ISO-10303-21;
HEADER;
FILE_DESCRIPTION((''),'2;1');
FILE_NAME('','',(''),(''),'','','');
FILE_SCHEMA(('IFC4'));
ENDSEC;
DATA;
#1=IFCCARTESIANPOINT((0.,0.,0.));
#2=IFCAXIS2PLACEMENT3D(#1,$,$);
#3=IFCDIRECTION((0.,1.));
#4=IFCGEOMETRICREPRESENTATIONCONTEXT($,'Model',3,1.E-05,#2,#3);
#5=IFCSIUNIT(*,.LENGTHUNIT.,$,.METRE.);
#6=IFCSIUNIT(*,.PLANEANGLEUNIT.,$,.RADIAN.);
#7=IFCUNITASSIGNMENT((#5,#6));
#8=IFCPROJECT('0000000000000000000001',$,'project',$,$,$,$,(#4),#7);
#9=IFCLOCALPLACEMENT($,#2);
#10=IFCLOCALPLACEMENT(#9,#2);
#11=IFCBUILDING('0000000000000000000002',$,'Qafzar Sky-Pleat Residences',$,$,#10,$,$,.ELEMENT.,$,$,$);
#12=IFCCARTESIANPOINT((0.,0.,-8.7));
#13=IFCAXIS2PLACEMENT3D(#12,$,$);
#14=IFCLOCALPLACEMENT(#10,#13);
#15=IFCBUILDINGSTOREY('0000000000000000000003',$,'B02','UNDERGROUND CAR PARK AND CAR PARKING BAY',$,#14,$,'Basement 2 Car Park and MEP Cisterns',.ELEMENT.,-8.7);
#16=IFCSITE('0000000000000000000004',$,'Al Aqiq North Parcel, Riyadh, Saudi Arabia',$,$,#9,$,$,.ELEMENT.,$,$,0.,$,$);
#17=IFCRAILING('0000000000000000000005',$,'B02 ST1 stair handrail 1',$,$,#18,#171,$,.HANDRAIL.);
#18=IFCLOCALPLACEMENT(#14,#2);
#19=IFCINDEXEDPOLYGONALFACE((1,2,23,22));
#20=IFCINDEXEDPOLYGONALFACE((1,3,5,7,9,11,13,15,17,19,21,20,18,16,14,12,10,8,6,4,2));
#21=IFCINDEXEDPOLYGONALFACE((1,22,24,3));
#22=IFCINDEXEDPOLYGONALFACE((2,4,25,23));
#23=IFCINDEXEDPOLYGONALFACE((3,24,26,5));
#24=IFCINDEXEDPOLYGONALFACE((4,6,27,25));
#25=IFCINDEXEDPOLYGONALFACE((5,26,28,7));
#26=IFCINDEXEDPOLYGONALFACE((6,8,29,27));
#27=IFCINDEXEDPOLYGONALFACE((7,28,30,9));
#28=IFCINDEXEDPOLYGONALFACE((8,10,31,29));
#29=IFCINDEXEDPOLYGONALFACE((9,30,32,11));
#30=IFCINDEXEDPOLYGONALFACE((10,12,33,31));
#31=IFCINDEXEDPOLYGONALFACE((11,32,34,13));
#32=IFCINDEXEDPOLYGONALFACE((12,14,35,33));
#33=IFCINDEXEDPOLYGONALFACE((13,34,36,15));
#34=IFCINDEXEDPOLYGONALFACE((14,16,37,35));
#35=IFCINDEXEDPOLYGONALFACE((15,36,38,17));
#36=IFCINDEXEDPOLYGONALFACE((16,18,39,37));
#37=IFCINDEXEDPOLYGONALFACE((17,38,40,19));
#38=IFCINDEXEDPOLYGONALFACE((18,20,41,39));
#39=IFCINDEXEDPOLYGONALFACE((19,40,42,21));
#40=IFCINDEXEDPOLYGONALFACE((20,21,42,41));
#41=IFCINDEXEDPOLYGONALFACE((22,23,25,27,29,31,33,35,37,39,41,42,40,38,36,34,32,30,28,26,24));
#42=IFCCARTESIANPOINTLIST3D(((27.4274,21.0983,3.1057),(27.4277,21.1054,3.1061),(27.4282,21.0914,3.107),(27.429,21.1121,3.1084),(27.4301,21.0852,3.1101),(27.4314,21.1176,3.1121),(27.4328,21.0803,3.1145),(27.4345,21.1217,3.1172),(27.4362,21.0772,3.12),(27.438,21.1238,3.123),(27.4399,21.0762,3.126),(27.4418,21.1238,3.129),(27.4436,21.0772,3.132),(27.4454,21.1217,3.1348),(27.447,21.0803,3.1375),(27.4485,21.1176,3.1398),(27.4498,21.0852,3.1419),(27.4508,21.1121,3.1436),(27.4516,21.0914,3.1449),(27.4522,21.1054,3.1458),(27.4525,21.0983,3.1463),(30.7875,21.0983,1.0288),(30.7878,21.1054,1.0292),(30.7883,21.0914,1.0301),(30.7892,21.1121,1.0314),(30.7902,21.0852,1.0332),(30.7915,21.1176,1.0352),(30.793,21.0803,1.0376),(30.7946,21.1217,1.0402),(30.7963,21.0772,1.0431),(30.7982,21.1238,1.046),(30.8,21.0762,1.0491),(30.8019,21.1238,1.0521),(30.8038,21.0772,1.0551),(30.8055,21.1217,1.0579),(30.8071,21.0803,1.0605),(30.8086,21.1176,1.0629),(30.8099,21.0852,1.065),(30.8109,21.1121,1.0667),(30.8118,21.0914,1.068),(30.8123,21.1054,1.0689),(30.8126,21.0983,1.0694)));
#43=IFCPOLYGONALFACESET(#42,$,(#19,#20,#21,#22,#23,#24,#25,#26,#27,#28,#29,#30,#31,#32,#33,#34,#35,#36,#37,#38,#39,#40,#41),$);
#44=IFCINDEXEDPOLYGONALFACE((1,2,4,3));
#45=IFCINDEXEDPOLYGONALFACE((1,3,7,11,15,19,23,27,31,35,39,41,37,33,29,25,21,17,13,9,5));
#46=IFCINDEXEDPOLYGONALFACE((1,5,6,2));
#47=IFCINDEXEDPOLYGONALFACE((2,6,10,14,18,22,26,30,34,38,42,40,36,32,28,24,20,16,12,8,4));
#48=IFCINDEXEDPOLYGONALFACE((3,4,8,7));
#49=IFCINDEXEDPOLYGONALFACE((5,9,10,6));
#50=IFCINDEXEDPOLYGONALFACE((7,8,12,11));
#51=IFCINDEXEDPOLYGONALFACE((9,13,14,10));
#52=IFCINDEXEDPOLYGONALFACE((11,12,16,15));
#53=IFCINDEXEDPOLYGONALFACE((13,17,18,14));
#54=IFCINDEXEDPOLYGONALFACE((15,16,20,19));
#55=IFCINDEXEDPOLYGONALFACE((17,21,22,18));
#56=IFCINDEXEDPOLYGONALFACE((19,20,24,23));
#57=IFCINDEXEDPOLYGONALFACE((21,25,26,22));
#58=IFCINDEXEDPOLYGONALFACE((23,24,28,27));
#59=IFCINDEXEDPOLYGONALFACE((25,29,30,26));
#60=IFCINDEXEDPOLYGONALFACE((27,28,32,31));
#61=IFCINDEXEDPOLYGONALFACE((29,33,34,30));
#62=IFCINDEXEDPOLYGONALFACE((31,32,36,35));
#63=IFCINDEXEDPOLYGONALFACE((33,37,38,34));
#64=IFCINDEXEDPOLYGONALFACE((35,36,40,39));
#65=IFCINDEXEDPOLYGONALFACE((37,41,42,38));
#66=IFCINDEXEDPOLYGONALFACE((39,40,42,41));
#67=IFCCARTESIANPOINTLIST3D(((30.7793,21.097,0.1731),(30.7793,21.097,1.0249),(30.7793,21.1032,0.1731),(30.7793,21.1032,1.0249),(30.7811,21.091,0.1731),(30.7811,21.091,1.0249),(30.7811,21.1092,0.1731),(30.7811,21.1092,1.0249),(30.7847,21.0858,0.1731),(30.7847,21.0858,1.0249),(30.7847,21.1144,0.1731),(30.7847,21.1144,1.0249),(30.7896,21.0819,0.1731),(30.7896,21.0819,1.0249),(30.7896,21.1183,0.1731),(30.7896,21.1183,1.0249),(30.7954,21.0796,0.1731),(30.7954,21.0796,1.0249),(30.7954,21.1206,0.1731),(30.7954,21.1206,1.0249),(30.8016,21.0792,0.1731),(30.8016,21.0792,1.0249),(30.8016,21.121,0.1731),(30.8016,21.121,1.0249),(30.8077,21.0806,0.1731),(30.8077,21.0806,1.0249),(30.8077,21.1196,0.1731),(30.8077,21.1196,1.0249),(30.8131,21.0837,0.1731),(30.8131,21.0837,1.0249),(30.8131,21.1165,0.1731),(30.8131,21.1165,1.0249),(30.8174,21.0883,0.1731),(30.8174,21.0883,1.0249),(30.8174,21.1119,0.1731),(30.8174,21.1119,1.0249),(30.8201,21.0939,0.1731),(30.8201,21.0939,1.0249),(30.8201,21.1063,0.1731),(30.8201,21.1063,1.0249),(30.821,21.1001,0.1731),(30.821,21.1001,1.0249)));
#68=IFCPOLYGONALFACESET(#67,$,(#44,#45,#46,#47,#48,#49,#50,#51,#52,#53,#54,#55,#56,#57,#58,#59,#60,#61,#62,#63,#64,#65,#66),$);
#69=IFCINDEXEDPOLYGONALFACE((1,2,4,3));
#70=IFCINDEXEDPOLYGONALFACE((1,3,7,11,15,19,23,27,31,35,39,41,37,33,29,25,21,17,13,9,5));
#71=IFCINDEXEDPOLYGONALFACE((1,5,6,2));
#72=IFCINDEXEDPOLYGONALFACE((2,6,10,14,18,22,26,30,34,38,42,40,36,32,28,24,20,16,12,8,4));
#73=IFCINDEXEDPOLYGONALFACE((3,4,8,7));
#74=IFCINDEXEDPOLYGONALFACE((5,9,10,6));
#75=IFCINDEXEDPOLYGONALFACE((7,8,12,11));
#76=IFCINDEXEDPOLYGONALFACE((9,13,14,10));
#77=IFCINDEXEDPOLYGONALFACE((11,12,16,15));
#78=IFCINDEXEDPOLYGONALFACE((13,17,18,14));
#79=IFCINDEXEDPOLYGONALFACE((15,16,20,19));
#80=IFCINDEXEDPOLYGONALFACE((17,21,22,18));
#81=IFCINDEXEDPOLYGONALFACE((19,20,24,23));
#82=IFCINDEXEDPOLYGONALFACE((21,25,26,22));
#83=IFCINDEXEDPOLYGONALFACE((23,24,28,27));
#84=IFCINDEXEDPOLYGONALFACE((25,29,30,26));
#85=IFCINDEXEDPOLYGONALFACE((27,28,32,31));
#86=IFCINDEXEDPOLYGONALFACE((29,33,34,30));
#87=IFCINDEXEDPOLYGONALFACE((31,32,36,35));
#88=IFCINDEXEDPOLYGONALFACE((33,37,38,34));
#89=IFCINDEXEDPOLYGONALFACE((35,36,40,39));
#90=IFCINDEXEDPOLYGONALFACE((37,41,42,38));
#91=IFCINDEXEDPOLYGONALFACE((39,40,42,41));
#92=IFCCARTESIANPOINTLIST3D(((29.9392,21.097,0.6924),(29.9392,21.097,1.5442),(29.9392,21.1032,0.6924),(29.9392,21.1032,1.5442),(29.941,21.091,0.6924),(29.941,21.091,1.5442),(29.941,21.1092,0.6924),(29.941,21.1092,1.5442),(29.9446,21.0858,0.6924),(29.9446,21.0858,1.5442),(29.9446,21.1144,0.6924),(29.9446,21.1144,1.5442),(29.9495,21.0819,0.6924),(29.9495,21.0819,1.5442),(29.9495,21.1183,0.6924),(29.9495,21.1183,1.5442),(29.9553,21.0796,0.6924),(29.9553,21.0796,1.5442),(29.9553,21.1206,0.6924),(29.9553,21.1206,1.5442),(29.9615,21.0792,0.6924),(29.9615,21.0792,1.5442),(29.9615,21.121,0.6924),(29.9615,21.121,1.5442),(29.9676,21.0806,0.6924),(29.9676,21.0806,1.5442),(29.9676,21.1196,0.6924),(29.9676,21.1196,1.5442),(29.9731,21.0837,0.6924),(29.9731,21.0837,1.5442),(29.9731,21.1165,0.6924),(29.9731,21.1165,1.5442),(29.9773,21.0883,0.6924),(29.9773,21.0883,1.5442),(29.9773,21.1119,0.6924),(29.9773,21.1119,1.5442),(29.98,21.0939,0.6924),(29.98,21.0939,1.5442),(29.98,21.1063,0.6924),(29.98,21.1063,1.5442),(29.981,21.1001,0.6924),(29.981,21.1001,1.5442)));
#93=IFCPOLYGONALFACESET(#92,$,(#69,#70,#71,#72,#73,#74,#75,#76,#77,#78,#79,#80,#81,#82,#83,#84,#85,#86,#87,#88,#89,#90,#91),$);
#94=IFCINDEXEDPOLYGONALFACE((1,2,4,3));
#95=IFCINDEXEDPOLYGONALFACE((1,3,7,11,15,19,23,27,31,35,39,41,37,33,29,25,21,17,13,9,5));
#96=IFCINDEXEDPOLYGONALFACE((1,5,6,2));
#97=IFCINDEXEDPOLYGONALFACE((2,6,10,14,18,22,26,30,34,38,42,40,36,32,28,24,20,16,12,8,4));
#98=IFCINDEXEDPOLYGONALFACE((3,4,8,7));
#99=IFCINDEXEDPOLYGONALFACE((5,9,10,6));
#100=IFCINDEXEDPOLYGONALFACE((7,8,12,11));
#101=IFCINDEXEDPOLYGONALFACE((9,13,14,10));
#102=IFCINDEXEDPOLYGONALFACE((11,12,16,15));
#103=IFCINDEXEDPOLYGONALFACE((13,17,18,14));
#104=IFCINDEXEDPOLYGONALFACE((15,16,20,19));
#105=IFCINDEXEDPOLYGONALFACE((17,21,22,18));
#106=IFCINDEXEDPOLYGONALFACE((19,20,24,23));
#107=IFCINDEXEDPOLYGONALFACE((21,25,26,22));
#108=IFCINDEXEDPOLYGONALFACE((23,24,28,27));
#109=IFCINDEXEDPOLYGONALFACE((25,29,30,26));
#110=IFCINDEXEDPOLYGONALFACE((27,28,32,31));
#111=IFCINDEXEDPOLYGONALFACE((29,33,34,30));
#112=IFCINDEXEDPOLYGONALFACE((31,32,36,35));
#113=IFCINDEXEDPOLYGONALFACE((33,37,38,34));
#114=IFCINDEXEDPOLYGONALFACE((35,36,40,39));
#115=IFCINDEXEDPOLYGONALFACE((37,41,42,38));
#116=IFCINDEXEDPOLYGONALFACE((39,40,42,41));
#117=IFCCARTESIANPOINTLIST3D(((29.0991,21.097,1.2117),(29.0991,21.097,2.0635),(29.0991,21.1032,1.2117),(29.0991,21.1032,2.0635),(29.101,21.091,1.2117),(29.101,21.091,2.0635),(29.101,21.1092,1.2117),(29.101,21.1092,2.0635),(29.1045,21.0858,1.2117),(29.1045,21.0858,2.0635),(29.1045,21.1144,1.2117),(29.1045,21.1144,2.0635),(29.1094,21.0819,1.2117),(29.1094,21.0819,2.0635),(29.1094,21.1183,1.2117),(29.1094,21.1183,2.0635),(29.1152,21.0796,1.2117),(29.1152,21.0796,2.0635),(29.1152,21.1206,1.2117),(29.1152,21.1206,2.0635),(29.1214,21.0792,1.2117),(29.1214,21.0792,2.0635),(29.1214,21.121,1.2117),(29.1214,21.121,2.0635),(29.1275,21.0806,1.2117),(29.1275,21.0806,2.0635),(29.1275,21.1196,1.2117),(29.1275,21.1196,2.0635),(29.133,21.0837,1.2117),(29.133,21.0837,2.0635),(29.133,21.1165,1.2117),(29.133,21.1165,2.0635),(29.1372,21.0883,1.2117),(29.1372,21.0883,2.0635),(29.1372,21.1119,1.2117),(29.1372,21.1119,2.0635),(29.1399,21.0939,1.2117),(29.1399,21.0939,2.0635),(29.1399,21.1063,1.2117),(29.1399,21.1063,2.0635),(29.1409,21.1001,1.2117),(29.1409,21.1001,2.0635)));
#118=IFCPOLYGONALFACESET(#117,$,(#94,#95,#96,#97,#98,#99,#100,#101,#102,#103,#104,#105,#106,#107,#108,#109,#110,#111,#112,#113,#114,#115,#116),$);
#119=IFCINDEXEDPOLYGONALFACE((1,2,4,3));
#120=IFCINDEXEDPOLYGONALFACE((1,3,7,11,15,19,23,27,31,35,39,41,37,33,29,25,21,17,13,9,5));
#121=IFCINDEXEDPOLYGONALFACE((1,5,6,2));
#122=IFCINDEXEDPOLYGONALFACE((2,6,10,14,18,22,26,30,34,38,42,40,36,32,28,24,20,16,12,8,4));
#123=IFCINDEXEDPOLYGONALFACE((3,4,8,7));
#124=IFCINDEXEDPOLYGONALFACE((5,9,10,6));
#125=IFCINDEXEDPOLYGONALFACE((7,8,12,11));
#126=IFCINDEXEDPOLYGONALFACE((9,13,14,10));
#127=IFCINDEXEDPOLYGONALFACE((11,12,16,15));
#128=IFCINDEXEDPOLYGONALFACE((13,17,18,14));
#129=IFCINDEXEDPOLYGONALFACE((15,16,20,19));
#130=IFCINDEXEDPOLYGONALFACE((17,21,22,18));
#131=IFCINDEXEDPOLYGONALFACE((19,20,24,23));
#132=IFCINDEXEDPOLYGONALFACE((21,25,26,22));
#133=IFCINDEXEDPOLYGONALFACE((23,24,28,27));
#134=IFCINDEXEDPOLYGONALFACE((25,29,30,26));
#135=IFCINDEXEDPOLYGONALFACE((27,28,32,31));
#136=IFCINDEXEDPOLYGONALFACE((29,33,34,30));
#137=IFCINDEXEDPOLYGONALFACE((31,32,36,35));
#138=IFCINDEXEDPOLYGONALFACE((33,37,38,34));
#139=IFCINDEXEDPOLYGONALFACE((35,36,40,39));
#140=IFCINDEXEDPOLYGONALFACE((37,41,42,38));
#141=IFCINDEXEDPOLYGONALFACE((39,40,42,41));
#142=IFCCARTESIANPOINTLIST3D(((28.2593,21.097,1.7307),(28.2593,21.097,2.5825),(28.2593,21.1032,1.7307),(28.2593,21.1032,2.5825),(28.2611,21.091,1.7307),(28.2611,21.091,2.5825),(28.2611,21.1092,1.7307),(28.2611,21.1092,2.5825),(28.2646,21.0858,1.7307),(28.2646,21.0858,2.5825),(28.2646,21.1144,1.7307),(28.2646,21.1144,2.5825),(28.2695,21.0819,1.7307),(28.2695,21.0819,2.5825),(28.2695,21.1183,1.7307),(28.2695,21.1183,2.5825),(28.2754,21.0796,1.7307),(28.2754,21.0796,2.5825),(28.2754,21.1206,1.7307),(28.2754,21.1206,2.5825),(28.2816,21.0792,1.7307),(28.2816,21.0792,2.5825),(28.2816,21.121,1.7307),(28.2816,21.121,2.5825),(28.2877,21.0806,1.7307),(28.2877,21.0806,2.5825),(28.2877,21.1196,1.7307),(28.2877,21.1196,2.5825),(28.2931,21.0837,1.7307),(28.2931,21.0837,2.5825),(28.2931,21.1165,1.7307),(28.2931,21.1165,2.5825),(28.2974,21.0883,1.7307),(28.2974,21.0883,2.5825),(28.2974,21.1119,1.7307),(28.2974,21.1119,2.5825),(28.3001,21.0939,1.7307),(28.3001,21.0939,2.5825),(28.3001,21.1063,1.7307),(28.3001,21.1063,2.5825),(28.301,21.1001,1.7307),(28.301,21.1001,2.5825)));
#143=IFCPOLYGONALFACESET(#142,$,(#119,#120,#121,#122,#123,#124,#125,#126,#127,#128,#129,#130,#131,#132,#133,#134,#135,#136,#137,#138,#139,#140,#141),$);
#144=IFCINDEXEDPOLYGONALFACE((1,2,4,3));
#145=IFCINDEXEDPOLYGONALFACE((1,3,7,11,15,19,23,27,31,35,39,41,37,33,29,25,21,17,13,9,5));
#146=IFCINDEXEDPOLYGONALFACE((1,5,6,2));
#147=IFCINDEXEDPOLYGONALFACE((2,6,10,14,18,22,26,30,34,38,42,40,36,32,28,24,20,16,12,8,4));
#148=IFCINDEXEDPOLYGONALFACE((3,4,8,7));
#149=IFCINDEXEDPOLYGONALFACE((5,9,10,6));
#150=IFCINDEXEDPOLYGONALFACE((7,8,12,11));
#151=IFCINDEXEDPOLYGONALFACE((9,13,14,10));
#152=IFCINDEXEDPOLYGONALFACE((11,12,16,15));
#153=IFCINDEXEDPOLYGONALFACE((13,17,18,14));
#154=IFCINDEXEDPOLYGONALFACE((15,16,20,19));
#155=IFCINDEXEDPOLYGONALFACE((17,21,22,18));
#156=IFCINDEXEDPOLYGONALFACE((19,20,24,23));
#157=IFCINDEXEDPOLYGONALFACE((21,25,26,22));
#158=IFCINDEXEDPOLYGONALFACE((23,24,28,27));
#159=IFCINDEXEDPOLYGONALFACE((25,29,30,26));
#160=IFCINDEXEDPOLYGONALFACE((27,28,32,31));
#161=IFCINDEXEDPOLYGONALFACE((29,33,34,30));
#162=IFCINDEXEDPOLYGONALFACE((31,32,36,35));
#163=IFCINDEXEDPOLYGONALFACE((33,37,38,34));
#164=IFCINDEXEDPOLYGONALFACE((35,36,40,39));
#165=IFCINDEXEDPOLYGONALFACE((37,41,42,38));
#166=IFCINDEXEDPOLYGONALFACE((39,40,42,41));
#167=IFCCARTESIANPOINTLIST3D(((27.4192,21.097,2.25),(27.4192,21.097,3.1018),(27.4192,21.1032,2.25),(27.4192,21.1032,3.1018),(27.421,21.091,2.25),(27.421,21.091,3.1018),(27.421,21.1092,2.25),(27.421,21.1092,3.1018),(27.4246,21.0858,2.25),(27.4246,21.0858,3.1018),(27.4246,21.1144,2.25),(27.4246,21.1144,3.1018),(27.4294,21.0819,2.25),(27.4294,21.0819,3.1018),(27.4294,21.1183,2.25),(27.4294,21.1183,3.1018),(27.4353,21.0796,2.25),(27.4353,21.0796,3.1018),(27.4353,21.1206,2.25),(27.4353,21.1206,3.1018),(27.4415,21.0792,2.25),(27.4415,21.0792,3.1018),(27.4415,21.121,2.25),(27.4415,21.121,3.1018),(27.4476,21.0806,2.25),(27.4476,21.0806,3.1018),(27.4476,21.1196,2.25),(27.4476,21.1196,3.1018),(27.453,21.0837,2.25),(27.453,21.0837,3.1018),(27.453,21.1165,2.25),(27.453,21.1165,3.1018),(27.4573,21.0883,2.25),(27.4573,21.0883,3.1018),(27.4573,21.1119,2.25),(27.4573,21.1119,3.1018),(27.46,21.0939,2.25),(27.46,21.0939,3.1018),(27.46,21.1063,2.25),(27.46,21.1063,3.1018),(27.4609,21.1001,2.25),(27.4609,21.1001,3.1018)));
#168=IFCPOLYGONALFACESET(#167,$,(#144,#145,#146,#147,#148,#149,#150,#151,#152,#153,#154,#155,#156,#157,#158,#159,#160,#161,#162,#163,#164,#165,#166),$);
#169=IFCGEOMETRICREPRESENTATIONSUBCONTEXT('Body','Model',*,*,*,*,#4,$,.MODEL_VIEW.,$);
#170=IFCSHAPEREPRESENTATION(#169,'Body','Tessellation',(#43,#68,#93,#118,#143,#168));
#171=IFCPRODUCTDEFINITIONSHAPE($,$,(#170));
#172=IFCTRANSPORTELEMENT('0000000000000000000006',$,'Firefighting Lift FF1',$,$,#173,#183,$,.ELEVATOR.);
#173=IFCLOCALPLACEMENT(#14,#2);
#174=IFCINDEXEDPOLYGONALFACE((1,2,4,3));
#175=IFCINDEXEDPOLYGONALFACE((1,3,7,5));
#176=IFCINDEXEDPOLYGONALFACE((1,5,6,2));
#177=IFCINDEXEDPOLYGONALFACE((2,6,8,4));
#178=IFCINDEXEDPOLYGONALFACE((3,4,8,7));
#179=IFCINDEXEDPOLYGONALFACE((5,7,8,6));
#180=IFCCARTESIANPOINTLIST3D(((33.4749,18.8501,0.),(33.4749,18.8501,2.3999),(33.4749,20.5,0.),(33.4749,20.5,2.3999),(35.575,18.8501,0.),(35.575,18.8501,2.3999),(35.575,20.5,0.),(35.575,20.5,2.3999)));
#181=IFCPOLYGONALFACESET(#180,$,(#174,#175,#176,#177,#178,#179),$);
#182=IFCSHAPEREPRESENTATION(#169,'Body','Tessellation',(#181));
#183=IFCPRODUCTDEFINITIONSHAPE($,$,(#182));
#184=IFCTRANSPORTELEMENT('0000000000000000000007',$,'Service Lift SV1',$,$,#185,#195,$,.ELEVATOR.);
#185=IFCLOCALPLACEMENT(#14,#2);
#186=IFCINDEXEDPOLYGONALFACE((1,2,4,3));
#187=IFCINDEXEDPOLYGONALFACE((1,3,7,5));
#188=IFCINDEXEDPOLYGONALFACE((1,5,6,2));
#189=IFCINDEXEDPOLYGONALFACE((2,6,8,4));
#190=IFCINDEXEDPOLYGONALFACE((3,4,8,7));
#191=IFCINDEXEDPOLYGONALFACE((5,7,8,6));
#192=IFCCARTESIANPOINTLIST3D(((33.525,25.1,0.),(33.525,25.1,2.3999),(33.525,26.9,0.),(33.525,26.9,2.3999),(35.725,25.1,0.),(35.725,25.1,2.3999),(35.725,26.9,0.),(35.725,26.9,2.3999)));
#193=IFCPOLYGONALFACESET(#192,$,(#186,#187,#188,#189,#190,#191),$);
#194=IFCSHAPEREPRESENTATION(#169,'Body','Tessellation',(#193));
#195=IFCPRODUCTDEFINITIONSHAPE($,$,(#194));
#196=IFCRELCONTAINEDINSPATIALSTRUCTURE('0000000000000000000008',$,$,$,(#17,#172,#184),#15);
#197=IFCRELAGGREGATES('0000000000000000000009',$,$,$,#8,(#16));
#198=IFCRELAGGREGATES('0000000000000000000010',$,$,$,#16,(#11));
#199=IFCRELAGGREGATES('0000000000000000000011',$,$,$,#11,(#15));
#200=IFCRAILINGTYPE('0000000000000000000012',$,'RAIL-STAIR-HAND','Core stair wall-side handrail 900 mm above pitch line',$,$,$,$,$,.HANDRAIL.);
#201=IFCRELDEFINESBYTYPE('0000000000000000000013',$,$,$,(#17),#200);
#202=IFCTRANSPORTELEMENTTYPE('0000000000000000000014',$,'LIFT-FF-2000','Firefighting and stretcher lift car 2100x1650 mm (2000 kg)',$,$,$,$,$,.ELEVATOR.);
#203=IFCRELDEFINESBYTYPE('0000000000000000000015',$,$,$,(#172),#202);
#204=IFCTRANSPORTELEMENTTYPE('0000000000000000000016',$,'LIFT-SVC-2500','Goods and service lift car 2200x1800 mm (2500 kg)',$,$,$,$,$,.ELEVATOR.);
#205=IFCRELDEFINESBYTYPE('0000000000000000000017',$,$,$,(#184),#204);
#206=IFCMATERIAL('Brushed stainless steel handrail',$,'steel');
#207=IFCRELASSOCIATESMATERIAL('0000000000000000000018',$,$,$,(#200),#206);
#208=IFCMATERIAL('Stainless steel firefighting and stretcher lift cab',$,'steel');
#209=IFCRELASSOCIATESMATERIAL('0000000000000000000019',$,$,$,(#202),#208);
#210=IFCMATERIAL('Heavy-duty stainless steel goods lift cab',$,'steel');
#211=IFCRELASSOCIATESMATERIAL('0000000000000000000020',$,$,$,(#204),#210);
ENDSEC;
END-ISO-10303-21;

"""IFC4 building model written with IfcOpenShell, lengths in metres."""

from ifc_helpers import new_model, si_unit, direction, frame, origin, origin_2d, place, context, subcontext, project, spatial, rectangle, circle, extrude, source, transform, mapped, material, type_object, element, save


model = new_model("IFC4")

# Units and contexts
model_context = context("Model", 3, precision=1e-05, world=origin(), true_north=direction((0.0, 1.0)))
body_context = subcontext(model_context, "Body", "Model", "MODEL_VIEW")
ifc_project = project(units=[si_unit("LENGTHUNIT", "METRE"), si_unit("PLANEANGLEUNIT", "RADIAN")], contexts=[model_context])

# Site, building, storey
site_placement = place(None, origin())
site = spatial("IfcSite", under=ifc_project, at=site_placement, Name="Al Aqiq North Parcel, Riyadh, Saudi Arabia", CompositionType="ELEMENT", RefElevation=0.0)
building_placement = place(site_placement, origin())
building = spatial("IfcBuilding", under=site, at=building_placement, Name="Qafzar Sky-Pleat Residences", CompositionType="ELEMENT")
storey_placement = place(building_placement, frame((0.0, 0.0, -8.7)))
storey = spatial("IfcBuildingStorey", under=building, at=storey_placement, Name="B02", Description="UNDERGROUND CAR PARK AND CAR PARKING BAY", LongName="Basement 2 Car Park and MEP Cisterns", CompositionType="ELEMENT", Elevation=-8.7)

# Railing
ifc_material_1 = material(Name="Brushed stainless steel handrail", Category="steel")
railing_type_1 = type_object("IfcRailingType", Name="RAIL-STAIR-HAND", Description="Core stair wall-side handrail 900 mm above pitch line", PredefinedType="HANDRAIL", material=ifc_material_1)
shared_shape_1 = source(origin(), body_context, "Body", "SweptSolid", [
    extrude(circle(Radius=0.0239, at=origin_2d()), frame((0.0, 0.0, 0.876), z_axis=(-0.850623, 0.0, 0.525776), x_axis=(0.0, -1.0, 0.0)), (0.0, 0.0, 1.0), 3.9502),
    extrude(circle(Radius=0.021, at=origin_2d()), origin(), (0.0, 0.0, 1.0), 0.8518),
    extrude(circle(Radius=0.021, at=origin_2d()), frame((-0.8401, 0.0, 0.5193)), (0.0, 0.0, 1.0), 0.8518),
    extrude(circle(Radius=0.021, at=origin_2d()), frame((-1.6802, 0.0, 1.0386)), (0.0, 0.0, 1.0), 0.8518),
    extrude(circle(Radius=0.021, at=origin_2d()), frame((-2.52, 0.0, 1.5576)), (0.0, 0.0, 1.0), 0.8518),
    extrude(circle(Radius=0.021, at=origin_2d()), frame((-3.3601, 0.0, 2.0769)), (0.0, 0.0, 1.0), 0.8518),
])
railing_1_placement = place(storey_placement, frame((30.8, 21.1001, 0.1731)))
element("IfcRailing", 1, at=railing_1_placement, inside=storey, type_object=railing_type_1, Name="B02 ST1 stair handrail 1", PredefinedType="HANDRAIL", context=body_context, shape_type="MappedRepresentation", body=[
    mapped(shared_shape_1, transform((0.0, 0.0, 0.0), x_axis=(1.0, 0.0, 0.0), y_axis=(0.0, 1.0, 0.0), z_axis=(0.0, 0.0, 1.0), scale=1.0)),
])

# Transport elements
ifc_material_2 = material(Name="Stainless steel firefighting and stretcher lift cab", Category="steel")
transport_element_type_1 = type_object("IfcTransportElementType", Name="LIFT-FF-2000", Description="Firefighting and stretcher lift car 2100x1650 mm (2000 kg)", PredefinedType="ELEVATOR", material=ifc_material_2)
shared_shape_2 = source(origin(), body_context, "Body", "SweptSolid", [
    extrude(rectangle(XDim=2.1001, YDim=1.6499, at=origin_2d()), origin(), (0.0, 0.0, 1.0), 2.3999),
])
transport_element_1_placement = place(storey_placement, frame((34.5249, 19.675, 0.0), z_axis=(0.0, 0.0, 1.0), x_axis=(1.0, 0.0, 0.0)))
element("IfcTransportElement", 2, at=transport_element_1_placement, inside=storey, type_object=transport_element_type_1, Name="Firefighting Lift FF1", PredefinedType="ELEVATOR", context=body_context, shape_type="MappedRepresentation", body=[
    mapped(shared_shape_2, transform((0.0, 0.0, 0.0), x_axis=(1.0, 0.0, 0.0), y_axis=(0.0, 1.0, 0.0), z_axis=(0.0, 0.0, 1.0), scale=1.0)),
])
ifc_material_3 = material(Name="Heavy-duty stainless steel goods lift cab", Category="steel")
transport_element_type_2 = type_object("IfcTransportElementType", Name="LIFT-SVC-2500", Description="Goods and service lift car 2200x1800 mm (2500 kg)", PredefinedType="ELEVATOR", material=ifc_material_3)
shared_shape_3 = source(origin(), body_context, "Body", "SweptSolid", [
    extrude(rectangle(XDim=2.2, YDim=1.8, at=origin_2d()), origin(), (0.0, 0.0, 1.0), 2.3999),
])
transport_element_2_placement = place(storey_placement, frame((34.625, 26.0, 0.0), z_axis=(0.0, 0.0, 1.0), x_axis=(1.0, 0.0, 0.0)))
element("IfcTransportElement", 3, at=transport_element_2_placement, inside=storey, type_object=transport_element_type_2, Name="Service Lift SV1", PredefinedType="ELEVATOR", context=body_context, shape_type="MappedRepresentation", body=[
    mapped(shared_shape_3, transform((0.0, 0.0, 0.0), x_axis=(1.0, 0.0, 0.0), y_axis=(0.0, 1.0, 0.0), z_axis=(0.0, 0.0, 1.0), scale=1.0)),
])

save(model, "model.ifc")
